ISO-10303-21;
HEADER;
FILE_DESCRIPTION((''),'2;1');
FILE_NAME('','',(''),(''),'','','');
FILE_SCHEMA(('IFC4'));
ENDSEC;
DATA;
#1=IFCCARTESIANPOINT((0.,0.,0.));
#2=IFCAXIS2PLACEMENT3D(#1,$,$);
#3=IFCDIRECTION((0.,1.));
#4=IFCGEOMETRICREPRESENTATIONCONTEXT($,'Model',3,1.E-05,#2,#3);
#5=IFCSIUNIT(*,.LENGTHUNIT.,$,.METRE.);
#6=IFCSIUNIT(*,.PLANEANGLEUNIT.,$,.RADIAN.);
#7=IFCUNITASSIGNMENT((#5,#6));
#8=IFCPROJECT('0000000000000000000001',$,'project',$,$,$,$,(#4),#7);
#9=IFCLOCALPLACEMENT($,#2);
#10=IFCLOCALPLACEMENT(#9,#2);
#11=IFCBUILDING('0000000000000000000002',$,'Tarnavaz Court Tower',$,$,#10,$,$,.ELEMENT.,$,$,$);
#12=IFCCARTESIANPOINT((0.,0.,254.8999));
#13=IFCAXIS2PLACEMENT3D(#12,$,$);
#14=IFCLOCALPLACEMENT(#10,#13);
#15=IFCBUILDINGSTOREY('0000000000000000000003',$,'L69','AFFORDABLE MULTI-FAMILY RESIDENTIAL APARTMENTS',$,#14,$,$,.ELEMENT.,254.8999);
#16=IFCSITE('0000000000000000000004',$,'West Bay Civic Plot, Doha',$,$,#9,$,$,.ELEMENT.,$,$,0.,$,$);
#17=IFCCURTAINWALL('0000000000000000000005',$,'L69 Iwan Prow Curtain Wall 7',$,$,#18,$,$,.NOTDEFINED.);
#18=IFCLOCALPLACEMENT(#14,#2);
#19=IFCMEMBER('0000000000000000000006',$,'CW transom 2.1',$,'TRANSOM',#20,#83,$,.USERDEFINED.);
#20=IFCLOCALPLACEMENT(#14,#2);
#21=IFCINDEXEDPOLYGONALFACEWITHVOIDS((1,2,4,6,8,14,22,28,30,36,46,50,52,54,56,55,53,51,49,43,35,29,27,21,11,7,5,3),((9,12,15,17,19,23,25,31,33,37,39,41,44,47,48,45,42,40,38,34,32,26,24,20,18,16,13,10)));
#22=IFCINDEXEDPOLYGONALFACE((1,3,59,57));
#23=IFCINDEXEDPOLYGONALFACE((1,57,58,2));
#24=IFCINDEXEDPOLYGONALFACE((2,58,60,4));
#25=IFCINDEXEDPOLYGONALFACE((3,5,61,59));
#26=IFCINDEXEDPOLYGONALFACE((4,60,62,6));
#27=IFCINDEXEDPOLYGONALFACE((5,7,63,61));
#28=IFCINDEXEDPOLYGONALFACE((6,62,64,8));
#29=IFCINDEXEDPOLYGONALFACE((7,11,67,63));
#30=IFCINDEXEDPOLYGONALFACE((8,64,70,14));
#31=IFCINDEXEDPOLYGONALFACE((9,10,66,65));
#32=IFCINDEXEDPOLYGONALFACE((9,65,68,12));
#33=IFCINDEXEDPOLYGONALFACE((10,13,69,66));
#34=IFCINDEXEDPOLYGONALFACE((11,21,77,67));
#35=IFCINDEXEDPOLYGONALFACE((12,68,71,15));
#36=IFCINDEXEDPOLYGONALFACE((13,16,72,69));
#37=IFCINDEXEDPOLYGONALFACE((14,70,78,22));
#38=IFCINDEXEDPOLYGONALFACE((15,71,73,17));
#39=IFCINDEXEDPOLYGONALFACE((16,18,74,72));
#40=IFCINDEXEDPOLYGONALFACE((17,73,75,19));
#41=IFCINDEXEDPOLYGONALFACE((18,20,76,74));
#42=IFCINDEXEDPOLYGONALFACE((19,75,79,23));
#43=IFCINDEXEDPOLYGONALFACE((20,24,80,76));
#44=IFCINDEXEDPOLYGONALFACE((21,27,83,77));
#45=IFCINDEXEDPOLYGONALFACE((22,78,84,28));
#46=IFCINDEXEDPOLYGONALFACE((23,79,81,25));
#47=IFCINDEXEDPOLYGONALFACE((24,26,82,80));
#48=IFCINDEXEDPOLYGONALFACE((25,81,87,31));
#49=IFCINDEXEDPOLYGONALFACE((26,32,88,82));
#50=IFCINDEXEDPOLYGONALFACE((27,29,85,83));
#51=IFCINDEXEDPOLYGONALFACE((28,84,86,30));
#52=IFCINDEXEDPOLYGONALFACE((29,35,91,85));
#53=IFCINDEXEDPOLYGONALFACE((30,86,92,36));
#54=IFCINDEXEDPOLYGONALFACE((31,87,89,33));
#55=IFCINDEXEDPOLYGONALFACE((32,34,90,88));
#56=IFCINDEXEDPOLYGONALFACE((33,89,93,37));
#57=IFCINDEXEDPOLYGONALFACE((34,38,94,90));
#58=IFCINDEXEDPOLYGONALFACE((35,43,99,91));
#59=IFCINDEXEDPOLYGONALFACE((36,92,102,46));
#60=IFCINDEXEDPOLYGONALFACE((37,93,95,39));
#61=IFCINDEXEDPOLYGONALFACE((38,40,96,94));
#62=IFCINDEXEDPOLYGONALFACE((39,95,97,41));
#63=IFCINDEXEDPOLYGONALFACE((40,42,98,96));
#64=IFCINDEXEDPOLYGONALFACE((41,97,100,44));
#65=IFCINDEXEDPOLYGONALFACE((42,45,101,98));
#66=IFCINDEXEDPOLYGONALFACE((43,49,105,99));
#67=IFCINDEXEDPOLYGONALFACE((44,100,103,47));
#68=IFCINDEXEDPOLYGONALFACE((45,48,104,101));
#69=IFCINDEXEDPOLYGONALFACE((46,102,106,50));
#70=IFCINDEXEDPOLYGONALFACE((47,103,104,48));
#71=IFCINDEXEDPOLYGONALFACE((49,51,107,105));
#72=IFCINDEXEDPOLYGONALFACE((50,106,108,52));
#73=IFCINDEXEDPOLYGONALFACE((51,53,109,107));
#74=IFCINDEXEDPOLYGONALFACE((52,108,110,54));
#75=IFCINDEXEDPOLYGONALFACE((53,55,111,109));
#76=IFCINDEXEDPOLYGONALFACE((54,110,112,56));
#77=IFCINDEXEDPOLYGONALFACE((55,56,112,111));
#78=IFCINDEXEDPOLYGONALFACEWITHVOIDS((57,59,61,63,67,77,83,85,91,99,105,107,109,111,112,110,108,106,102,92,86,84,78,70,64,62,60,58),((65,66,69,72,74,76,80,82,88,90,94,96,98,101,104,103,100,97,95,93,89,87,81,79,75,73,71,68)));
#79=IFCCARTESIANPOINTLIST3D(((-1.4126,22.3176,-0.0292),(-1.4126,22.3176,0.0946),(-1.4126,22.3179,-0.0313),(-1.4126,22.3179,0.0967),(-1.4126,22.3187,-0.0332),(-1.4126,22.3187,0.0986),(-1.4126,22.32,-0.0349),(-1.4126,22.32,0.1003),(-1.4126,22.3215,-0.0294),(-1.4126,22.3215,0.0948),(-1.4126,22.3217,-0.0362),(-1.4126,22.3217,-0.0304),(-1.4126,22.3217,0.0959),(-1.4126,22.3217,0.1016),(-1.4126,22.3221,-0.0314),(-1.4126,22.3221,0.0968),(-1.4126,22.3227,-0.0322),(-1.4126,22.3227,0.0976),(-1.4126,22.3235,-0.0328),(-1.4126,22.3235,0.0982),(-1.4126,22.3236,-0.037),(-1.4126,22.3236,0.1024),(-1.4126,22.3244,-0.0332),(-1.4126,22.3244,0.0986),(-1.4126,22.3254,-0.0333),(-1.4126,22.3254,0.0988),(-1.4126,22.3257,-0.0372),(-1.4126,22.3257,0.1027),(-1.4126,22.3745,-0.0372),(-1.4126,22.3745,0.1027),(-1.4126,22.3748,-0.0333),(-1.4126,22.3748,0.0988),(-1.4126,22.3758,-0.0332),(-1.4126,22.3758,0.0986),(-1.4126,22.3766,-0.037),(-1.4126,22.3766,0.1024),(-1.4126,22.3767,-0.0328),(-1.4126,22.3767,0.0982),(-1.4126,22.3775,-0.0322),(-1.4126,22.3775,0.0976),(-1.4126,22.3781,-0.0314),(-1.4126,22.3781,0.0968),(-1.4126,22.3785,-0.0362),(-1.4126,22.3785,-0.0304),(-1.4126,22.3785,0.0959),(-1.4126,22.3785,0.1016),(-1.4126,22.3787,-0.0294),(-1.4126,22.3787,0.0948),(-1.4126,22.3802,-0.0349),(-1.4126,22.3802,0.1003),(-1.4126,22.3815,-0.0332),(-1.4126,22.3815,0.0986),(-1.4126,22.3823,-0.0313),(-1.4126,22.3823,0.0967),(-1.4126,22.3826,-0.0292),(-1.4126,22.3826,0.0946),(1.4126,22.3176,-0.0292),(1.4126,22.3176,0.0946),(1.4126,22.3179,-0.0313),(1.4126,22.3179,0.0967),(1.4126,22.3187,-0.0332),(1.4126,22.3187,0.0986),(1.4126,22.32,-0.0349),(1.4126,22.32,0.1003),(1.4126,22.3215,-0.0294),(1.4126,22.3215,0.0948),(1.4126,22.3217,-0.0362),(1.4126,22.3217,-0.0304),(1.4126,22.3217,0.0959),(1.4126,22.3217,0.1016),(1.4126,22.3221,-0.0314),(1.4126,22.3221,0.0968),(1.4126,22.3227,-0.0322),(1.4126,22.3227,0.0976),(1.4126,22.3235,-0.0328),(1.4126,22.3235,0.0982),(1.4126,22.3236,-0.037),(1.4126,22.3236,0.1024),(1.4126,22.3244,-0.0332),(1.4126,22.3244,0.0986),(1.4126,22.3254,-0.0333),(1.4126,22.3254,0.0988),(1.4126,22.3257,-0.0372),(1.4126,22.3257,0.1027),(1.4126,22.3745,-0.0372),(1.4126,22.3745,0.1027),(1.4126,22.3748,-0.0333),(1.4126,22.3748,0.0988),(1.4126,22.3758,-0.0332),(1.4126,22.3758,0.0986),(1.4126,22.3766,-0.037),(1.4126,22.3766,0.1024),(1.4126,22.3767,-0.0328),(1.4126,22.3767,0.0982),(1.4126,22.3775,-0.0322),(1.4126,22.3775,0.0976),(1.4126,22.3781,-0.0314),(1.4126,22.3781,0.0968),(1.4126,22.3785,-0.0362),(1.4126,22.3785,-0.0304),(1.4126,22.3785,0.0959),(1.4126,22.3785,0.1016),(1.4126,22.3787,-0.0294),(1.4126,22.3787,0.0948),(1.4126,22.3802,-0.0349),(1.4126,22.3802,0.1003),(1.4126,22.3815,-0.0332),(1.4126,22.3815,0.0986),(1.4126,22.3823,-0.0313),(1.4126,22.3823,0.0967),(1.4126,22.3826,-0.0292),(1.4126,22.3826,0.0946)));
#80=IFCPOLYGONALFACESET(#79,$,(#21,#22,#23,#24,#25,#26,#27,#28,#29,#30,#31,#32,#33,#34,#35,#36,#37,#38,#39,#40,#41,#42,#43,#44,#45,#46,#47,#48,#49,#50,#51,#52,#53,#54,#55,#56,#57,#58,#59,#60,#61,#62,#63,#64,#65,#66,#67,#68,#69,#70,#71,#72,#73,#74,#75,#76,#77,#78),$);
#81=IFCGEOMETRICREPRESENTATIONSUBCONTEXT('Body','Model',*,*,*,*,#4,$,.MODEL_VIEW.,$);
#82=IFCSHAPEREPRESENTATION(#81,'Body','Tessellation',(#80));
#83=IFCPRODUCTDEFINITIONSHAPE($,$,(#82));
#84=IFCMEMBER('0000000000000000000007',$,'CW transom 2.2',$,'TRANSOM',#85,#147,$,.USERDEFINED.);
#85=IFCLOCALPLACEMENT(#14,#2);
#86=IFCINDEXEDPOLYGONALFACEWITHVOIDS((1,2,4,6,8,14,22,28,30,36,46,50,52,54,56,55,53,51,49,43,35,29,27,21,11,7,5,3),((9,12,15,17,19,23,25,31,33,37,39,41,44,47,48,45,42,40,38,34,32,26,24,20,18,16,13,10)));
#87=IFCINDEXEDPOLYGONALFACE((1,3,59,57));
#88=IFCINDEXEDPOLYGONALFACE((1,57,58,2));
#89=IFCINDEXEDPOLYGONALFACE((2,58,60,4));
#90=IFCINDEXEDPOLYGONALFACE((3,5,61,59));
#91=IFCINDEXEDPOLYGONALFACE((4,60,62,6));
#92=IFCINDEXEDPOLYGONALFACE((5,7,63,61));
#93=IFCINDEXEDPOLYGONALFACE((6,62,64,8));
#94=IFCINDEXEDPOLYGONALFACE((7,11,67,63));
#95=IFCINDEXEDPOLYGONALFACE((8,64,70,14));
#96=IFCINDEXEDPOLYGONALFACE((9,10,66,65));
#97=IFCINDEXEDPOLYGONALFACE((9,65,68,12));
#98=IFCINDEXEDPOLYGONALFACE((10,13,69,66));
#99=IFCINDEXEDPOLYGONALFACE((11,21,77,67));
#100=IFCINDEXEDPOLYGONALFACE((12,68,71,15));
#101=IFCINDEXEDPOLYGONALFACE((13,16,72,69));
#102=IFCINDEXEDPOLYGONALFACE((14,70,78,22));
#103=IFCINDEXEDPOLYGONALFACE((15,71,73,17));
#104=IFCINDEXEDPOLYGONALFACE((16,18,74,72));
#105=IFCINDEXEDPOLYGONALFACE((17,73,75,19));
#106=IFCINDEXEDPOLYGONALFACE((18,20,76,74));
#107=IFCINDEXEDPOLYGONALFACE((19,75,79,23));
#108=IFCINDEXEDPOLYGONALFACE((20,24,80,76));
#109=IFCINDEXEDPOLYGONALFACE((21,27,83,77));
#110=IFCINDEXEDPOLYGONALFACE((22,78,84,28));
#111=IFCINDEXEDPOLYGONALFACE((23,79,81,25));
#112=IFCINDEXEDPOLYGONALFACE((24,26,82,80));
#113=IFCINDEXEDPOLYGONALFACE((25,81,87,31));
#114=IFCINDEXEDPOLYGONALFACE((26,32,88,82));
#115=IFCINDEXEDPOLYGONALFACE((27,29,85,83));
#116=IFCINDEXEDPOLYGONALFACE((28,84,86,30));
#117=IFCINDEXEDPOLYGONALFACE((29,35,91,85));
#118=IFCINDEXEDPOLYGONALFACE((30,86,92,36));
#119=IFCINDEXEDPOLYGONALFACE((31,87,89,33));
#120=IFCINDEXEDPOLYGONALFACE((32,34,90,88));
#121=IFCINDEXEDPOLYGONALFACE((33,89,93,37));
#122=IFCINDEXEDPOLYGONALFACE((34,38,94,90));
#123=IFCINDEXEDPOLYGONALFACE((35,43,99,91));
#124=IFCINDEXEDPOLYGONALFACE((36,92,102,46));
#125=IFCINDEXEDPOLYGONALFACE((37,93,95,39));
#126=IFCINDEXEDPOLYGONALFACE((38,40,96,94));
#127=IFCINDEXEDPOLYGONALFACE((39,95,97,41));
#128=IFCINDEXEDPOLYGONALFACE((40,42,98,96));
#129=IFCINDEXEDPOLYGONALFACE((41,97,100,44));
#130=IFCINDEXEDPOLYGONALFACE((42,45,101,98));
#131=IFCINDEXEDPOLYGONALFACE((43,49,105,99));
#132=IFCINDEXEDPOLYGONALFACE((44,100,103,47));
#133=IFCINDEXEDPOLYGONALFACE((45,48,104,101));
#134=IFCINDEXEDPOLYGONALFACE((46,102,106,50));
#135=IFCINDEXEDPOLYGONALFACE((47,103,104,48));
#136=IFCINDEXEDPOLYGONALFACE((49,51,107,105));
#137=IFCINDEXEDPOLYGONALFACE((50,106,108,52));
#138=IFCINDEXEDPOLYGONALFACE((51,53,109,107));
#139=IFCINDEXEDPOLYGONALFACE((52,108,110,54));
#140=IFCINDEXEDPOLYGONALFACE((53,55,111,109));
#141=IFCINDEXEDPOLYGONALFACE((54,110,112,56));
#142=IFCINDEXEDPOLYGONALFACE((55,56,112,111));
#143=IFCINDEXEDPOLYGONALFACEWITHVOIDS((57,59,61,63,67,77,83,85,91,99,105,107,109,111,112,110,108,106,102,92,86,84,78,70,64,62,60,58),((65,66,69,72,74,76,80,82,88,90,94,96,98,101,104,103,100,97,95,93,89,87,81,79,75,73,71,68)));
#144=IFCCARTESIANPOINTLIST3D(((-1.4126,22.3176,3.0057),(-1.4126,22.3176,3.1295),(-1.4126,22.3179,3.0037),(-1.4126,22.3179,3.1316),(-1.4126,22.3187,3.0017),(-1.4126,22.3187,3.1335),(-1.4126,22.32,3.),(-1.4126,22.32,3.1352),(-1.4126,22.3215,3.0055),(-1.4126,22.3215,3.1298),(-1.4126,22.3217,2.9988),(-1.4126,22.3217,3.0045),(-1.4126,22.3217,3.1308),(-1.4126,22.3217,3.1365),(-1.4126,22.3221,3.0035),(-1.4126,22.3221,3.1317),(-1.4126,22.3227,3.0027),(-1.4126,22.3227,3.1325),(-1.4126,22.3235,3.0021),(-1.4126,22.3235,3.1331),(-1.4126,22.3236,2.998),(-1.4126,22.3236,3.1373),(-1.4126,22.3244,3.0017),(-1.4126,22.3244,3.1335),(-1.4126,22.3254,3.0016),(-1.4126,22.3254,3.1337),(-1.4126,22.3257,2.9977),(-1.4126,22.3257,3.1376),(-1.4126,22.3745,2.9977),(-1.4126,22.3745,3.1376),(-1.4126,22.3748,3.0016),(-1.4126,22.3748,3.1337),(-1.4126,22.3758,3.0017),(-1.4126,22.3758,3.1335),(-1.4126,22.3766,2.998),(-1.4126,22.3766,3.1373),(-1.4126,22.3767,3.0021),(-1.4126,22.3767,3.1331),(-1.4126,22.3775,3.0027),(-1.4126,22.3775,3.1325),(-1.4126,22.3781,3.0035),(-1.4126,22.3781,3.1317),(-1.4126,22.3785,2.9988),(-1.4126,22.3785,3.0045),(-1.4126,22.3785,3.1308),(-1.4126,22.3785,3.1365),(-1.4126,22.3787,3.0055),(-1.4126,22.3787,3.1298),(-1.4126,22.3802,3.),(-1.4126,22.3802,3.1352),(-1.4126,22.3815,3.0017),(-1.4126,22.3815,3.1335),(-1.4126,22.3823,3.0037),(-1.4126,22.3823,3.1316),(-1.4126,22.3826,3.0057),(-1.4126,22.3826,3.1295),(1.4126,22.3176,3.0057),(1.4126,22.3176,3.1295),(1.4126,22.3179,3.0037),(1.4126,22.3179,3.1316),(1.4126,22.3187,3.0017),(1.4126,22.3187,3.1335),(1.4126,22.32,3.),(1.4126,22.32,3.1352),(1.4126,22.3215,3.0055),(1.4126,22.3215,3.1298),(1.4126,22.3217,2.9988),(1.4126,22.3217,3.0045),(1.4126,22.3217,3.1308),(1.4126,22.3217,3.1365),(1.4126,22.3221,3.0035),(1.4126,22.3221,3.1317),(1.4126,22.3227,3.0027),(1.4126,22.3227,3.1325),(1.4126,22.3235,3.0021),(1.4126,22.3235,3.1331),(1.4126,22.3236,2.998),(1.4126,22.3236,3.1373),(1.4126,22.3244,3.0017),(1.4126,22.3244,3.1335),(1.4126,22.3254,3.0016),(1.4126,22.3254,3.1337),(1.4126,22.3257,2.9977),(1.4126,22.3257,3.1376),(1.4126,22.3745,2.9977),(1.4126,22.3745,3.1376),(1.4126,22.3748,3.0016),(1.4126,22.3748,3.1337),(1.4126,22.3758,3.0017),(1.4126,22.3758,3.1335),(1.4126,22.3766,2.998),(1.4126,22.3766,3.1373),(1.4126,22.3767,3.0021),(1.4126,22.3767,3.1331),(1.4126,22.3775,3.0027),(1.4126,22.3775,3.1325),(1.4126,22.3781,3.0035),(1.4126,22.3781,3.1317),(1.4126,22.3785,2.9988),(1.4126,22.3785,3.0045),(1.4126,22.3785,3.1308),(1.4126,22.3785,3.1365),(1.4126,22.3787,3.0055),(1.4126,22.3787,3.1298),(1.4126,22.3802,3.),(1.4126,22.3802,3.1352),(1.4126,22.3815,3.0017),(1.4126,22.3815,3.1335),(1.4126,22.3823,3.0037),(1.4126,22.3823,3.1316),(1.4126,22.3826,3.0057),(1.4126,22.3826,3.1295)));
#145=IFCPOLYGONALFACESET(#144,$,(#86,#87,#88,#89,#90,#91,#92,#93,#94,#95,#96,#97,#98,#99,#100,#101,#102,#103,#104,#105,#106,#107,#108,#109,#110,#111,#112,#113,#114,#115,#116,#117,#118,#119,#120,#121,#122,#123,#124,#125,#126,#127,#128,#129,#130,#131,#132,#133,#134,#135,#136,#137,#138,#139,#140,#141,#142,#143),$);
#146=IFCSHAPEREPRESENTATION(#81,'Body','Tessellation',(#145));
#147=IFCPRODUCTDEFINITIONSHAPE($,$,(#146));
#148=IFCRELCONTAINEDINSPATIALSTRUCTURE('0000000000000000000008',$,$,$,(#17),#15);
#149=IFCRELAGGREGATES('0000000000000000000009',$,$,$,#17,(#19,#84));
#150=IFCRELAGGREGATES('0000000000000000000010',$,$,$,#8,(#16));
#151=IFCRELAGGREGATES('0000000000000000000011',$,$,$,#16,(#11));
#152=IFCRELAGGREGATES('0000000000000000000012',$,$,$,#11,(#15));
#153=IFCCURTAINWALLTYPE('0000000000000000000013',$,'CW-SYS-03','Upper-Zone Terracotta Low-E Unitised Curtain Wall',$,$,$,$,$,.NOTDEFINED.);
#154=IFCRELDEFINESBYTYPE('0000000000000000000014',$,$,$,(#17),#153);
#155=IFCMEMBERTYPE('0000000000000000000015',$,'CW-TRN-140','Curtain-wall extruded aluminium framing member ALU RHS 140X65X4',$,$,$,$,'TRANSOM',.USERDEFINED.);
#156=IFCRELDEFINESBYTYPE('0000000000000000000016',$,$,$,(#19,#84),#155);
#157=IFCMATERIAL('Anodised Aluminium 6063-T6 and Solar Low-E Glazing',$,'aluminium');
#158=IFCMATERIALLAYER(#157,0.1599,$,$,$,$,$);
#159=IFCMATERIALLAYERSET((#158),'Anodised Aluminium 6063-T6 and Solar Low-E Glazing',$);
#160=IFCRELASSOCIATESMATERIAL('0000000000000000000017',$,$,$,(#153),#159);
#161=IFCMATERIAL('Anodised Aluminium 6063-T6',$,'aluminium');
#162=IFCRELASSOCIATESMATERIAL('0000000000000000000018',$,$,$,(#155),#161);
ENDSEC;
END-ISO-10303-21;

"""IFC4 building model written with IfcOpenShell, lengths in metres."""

from ifc_helpers import new_model, si_unit, direction, frame, origin, origin_2d, place, context, subcontext, project, spatial, hollow_rectangle, extrude, material, layer, layer_set, material_profile, profile_set, type_object, element, aggregate, save


model = new_model("IFC4")

# Units and contexts
model_context = context("Model", 3, precision=1e-05, world=origin(), true_north=direction((0.0, 1.0)))
body_context = subcontext(model_context, "Body", "Model", "MODEL_VIEW")
ifc_project = project(units=[si_unit("LENGTHUNIT", "METRE"), si_unit("PLANEANGLEUNIT", "RADIAN")], contexts=[model_context])

# Site, building, storey
site_placement = place(None, origin())
site = spatial("IfcSite", under=ifc_project, at=site_placement, Name="West Bay Civic Plot, Doha", CompositionType="ELEMENT", RefElevation=0.0)
building_placement = place(site_placement, origin())
building = spatial("IfcBuilding", under=site, at=building_placement, Name="Tarnavaz Court Tower", CompositionType="ELEMENT")
storey_placement = place(building_placement, frame((0.0, 0.0, 254.8999)))
storey = spatial("IfcBuildingStorey", under=building, at=storey_placement, Name="L69", Description="AFFORDABLE MULTI-FAMILY RESIDENTIAL APARTMENTS", CompositionType="ELEMENT", Elevation=254.8999)

# Curtain wall, members
ifc_material_1 = material(Name="Anodised Aluminium 6063-T6 and Solar Low-E Glazing", Category="aluminium")
ifc_layer_1 = layer(ifc_material_1, 0.1599)
ifc_layer_set_1 = layer_set([ifc_layer_1], Name="Anodised Aluminium 6063-T6 and Solar Low-E Glazing")
curtain_wall_type = type_object("IfcCurtainWallType", Name="CW-SYS-03", Description="Upper-Zone Terracotta Low-E Unitised Curtain Wall", PredefinedType="NOTDEFINED", material=ifc_layer_set_1)
curtain_wall_placement = place(storey_placement, origin())
curtain_wall = element("IfcCurtainWall", 1, at=curtain_wall_placement, inside=storey, type_object=curtain_wall_type, Name="L69 Iwan Prow Curtain Wall 7", PredefinedType="NOTDEFINED")
ifc_material_2 = material(Name="Anodised Aluminium 6063-T6", Category="aluminium")
ifc_material_profile_1 = material_profile(ifc_material_2, hollow_rectangle(XDim=0.0649, YDim=0.1399, WallThickness=0.0039, InnerFilletRadius=0.0039, OuterFilletRadius=0.0081, at=origin_2d()), Name="ALU RHS 140X65X4")
ifc_profile_set_1 = profile_set([ifc_material_profile_1], Name="Anodised Aluminium 6063-T6")
member_type_1 = type_object("IfcMemberType", Name="CW-TRN-140", Description="Curtain-wall extruded aluminium framing member ALU RHS 140X65X4", ElementType="TRANSOM", PredefinedType="USERDEFINED", material=ifc_profile_set_1)
member_1_placement = place(storey_placement, frame((-1.4126, 22.3501, 0.0327), z_axis=(1.0, 0.0, 0.0), x_axis=(0.0, 1.0, 0.0)))
member_1 = element("IfcMember", 2, at=member_1_placement, type_object=member_type_1, Name="CW transom 2.1", ObjectType="TRANSOM", PredefinedType="USERDEFINED", context=body_context, shape_type="SweptSolid", body=[
    extrude(hollow_rectangle(XDim=0.0649, YDim=0.1399, WallThickness=0.0039, InnerFilletRadius=0.0039, OuterFilletRadius=0.0081, at=origin_2d()), origin(), (0.0, 0.0, 1.0), 2.8252),
])
member_2_placement = place(storey_placement, frame((-1.4126, 22.3501, 3.0676), z_axis=(1.0, 0.0, 0.0), x_axis=(0.0, 1.0, 0.0)))
member_2 = element("IfcMember", 3, at=member_2_placement, type_object=member_type_1, Name="CW transom 2.2", ObjectType="TRANSOM", PredefinedType="USERDEFINED", context=body_context, shape_type="SweptSolid", body=[
    extrude(hollow_rectangle(XDim=0.0649, YDim=0.1399, WallThickness=0.0039, InnerFilletRadius=0.0039, OuterFilletRadius=0.0081, at=origin_2d()), origin(), (0.0, 0.0, 1.0), 2.8252),
])
aggregate(curtain_wall, [member_1, member_2])

save(model, "model.ifc")
